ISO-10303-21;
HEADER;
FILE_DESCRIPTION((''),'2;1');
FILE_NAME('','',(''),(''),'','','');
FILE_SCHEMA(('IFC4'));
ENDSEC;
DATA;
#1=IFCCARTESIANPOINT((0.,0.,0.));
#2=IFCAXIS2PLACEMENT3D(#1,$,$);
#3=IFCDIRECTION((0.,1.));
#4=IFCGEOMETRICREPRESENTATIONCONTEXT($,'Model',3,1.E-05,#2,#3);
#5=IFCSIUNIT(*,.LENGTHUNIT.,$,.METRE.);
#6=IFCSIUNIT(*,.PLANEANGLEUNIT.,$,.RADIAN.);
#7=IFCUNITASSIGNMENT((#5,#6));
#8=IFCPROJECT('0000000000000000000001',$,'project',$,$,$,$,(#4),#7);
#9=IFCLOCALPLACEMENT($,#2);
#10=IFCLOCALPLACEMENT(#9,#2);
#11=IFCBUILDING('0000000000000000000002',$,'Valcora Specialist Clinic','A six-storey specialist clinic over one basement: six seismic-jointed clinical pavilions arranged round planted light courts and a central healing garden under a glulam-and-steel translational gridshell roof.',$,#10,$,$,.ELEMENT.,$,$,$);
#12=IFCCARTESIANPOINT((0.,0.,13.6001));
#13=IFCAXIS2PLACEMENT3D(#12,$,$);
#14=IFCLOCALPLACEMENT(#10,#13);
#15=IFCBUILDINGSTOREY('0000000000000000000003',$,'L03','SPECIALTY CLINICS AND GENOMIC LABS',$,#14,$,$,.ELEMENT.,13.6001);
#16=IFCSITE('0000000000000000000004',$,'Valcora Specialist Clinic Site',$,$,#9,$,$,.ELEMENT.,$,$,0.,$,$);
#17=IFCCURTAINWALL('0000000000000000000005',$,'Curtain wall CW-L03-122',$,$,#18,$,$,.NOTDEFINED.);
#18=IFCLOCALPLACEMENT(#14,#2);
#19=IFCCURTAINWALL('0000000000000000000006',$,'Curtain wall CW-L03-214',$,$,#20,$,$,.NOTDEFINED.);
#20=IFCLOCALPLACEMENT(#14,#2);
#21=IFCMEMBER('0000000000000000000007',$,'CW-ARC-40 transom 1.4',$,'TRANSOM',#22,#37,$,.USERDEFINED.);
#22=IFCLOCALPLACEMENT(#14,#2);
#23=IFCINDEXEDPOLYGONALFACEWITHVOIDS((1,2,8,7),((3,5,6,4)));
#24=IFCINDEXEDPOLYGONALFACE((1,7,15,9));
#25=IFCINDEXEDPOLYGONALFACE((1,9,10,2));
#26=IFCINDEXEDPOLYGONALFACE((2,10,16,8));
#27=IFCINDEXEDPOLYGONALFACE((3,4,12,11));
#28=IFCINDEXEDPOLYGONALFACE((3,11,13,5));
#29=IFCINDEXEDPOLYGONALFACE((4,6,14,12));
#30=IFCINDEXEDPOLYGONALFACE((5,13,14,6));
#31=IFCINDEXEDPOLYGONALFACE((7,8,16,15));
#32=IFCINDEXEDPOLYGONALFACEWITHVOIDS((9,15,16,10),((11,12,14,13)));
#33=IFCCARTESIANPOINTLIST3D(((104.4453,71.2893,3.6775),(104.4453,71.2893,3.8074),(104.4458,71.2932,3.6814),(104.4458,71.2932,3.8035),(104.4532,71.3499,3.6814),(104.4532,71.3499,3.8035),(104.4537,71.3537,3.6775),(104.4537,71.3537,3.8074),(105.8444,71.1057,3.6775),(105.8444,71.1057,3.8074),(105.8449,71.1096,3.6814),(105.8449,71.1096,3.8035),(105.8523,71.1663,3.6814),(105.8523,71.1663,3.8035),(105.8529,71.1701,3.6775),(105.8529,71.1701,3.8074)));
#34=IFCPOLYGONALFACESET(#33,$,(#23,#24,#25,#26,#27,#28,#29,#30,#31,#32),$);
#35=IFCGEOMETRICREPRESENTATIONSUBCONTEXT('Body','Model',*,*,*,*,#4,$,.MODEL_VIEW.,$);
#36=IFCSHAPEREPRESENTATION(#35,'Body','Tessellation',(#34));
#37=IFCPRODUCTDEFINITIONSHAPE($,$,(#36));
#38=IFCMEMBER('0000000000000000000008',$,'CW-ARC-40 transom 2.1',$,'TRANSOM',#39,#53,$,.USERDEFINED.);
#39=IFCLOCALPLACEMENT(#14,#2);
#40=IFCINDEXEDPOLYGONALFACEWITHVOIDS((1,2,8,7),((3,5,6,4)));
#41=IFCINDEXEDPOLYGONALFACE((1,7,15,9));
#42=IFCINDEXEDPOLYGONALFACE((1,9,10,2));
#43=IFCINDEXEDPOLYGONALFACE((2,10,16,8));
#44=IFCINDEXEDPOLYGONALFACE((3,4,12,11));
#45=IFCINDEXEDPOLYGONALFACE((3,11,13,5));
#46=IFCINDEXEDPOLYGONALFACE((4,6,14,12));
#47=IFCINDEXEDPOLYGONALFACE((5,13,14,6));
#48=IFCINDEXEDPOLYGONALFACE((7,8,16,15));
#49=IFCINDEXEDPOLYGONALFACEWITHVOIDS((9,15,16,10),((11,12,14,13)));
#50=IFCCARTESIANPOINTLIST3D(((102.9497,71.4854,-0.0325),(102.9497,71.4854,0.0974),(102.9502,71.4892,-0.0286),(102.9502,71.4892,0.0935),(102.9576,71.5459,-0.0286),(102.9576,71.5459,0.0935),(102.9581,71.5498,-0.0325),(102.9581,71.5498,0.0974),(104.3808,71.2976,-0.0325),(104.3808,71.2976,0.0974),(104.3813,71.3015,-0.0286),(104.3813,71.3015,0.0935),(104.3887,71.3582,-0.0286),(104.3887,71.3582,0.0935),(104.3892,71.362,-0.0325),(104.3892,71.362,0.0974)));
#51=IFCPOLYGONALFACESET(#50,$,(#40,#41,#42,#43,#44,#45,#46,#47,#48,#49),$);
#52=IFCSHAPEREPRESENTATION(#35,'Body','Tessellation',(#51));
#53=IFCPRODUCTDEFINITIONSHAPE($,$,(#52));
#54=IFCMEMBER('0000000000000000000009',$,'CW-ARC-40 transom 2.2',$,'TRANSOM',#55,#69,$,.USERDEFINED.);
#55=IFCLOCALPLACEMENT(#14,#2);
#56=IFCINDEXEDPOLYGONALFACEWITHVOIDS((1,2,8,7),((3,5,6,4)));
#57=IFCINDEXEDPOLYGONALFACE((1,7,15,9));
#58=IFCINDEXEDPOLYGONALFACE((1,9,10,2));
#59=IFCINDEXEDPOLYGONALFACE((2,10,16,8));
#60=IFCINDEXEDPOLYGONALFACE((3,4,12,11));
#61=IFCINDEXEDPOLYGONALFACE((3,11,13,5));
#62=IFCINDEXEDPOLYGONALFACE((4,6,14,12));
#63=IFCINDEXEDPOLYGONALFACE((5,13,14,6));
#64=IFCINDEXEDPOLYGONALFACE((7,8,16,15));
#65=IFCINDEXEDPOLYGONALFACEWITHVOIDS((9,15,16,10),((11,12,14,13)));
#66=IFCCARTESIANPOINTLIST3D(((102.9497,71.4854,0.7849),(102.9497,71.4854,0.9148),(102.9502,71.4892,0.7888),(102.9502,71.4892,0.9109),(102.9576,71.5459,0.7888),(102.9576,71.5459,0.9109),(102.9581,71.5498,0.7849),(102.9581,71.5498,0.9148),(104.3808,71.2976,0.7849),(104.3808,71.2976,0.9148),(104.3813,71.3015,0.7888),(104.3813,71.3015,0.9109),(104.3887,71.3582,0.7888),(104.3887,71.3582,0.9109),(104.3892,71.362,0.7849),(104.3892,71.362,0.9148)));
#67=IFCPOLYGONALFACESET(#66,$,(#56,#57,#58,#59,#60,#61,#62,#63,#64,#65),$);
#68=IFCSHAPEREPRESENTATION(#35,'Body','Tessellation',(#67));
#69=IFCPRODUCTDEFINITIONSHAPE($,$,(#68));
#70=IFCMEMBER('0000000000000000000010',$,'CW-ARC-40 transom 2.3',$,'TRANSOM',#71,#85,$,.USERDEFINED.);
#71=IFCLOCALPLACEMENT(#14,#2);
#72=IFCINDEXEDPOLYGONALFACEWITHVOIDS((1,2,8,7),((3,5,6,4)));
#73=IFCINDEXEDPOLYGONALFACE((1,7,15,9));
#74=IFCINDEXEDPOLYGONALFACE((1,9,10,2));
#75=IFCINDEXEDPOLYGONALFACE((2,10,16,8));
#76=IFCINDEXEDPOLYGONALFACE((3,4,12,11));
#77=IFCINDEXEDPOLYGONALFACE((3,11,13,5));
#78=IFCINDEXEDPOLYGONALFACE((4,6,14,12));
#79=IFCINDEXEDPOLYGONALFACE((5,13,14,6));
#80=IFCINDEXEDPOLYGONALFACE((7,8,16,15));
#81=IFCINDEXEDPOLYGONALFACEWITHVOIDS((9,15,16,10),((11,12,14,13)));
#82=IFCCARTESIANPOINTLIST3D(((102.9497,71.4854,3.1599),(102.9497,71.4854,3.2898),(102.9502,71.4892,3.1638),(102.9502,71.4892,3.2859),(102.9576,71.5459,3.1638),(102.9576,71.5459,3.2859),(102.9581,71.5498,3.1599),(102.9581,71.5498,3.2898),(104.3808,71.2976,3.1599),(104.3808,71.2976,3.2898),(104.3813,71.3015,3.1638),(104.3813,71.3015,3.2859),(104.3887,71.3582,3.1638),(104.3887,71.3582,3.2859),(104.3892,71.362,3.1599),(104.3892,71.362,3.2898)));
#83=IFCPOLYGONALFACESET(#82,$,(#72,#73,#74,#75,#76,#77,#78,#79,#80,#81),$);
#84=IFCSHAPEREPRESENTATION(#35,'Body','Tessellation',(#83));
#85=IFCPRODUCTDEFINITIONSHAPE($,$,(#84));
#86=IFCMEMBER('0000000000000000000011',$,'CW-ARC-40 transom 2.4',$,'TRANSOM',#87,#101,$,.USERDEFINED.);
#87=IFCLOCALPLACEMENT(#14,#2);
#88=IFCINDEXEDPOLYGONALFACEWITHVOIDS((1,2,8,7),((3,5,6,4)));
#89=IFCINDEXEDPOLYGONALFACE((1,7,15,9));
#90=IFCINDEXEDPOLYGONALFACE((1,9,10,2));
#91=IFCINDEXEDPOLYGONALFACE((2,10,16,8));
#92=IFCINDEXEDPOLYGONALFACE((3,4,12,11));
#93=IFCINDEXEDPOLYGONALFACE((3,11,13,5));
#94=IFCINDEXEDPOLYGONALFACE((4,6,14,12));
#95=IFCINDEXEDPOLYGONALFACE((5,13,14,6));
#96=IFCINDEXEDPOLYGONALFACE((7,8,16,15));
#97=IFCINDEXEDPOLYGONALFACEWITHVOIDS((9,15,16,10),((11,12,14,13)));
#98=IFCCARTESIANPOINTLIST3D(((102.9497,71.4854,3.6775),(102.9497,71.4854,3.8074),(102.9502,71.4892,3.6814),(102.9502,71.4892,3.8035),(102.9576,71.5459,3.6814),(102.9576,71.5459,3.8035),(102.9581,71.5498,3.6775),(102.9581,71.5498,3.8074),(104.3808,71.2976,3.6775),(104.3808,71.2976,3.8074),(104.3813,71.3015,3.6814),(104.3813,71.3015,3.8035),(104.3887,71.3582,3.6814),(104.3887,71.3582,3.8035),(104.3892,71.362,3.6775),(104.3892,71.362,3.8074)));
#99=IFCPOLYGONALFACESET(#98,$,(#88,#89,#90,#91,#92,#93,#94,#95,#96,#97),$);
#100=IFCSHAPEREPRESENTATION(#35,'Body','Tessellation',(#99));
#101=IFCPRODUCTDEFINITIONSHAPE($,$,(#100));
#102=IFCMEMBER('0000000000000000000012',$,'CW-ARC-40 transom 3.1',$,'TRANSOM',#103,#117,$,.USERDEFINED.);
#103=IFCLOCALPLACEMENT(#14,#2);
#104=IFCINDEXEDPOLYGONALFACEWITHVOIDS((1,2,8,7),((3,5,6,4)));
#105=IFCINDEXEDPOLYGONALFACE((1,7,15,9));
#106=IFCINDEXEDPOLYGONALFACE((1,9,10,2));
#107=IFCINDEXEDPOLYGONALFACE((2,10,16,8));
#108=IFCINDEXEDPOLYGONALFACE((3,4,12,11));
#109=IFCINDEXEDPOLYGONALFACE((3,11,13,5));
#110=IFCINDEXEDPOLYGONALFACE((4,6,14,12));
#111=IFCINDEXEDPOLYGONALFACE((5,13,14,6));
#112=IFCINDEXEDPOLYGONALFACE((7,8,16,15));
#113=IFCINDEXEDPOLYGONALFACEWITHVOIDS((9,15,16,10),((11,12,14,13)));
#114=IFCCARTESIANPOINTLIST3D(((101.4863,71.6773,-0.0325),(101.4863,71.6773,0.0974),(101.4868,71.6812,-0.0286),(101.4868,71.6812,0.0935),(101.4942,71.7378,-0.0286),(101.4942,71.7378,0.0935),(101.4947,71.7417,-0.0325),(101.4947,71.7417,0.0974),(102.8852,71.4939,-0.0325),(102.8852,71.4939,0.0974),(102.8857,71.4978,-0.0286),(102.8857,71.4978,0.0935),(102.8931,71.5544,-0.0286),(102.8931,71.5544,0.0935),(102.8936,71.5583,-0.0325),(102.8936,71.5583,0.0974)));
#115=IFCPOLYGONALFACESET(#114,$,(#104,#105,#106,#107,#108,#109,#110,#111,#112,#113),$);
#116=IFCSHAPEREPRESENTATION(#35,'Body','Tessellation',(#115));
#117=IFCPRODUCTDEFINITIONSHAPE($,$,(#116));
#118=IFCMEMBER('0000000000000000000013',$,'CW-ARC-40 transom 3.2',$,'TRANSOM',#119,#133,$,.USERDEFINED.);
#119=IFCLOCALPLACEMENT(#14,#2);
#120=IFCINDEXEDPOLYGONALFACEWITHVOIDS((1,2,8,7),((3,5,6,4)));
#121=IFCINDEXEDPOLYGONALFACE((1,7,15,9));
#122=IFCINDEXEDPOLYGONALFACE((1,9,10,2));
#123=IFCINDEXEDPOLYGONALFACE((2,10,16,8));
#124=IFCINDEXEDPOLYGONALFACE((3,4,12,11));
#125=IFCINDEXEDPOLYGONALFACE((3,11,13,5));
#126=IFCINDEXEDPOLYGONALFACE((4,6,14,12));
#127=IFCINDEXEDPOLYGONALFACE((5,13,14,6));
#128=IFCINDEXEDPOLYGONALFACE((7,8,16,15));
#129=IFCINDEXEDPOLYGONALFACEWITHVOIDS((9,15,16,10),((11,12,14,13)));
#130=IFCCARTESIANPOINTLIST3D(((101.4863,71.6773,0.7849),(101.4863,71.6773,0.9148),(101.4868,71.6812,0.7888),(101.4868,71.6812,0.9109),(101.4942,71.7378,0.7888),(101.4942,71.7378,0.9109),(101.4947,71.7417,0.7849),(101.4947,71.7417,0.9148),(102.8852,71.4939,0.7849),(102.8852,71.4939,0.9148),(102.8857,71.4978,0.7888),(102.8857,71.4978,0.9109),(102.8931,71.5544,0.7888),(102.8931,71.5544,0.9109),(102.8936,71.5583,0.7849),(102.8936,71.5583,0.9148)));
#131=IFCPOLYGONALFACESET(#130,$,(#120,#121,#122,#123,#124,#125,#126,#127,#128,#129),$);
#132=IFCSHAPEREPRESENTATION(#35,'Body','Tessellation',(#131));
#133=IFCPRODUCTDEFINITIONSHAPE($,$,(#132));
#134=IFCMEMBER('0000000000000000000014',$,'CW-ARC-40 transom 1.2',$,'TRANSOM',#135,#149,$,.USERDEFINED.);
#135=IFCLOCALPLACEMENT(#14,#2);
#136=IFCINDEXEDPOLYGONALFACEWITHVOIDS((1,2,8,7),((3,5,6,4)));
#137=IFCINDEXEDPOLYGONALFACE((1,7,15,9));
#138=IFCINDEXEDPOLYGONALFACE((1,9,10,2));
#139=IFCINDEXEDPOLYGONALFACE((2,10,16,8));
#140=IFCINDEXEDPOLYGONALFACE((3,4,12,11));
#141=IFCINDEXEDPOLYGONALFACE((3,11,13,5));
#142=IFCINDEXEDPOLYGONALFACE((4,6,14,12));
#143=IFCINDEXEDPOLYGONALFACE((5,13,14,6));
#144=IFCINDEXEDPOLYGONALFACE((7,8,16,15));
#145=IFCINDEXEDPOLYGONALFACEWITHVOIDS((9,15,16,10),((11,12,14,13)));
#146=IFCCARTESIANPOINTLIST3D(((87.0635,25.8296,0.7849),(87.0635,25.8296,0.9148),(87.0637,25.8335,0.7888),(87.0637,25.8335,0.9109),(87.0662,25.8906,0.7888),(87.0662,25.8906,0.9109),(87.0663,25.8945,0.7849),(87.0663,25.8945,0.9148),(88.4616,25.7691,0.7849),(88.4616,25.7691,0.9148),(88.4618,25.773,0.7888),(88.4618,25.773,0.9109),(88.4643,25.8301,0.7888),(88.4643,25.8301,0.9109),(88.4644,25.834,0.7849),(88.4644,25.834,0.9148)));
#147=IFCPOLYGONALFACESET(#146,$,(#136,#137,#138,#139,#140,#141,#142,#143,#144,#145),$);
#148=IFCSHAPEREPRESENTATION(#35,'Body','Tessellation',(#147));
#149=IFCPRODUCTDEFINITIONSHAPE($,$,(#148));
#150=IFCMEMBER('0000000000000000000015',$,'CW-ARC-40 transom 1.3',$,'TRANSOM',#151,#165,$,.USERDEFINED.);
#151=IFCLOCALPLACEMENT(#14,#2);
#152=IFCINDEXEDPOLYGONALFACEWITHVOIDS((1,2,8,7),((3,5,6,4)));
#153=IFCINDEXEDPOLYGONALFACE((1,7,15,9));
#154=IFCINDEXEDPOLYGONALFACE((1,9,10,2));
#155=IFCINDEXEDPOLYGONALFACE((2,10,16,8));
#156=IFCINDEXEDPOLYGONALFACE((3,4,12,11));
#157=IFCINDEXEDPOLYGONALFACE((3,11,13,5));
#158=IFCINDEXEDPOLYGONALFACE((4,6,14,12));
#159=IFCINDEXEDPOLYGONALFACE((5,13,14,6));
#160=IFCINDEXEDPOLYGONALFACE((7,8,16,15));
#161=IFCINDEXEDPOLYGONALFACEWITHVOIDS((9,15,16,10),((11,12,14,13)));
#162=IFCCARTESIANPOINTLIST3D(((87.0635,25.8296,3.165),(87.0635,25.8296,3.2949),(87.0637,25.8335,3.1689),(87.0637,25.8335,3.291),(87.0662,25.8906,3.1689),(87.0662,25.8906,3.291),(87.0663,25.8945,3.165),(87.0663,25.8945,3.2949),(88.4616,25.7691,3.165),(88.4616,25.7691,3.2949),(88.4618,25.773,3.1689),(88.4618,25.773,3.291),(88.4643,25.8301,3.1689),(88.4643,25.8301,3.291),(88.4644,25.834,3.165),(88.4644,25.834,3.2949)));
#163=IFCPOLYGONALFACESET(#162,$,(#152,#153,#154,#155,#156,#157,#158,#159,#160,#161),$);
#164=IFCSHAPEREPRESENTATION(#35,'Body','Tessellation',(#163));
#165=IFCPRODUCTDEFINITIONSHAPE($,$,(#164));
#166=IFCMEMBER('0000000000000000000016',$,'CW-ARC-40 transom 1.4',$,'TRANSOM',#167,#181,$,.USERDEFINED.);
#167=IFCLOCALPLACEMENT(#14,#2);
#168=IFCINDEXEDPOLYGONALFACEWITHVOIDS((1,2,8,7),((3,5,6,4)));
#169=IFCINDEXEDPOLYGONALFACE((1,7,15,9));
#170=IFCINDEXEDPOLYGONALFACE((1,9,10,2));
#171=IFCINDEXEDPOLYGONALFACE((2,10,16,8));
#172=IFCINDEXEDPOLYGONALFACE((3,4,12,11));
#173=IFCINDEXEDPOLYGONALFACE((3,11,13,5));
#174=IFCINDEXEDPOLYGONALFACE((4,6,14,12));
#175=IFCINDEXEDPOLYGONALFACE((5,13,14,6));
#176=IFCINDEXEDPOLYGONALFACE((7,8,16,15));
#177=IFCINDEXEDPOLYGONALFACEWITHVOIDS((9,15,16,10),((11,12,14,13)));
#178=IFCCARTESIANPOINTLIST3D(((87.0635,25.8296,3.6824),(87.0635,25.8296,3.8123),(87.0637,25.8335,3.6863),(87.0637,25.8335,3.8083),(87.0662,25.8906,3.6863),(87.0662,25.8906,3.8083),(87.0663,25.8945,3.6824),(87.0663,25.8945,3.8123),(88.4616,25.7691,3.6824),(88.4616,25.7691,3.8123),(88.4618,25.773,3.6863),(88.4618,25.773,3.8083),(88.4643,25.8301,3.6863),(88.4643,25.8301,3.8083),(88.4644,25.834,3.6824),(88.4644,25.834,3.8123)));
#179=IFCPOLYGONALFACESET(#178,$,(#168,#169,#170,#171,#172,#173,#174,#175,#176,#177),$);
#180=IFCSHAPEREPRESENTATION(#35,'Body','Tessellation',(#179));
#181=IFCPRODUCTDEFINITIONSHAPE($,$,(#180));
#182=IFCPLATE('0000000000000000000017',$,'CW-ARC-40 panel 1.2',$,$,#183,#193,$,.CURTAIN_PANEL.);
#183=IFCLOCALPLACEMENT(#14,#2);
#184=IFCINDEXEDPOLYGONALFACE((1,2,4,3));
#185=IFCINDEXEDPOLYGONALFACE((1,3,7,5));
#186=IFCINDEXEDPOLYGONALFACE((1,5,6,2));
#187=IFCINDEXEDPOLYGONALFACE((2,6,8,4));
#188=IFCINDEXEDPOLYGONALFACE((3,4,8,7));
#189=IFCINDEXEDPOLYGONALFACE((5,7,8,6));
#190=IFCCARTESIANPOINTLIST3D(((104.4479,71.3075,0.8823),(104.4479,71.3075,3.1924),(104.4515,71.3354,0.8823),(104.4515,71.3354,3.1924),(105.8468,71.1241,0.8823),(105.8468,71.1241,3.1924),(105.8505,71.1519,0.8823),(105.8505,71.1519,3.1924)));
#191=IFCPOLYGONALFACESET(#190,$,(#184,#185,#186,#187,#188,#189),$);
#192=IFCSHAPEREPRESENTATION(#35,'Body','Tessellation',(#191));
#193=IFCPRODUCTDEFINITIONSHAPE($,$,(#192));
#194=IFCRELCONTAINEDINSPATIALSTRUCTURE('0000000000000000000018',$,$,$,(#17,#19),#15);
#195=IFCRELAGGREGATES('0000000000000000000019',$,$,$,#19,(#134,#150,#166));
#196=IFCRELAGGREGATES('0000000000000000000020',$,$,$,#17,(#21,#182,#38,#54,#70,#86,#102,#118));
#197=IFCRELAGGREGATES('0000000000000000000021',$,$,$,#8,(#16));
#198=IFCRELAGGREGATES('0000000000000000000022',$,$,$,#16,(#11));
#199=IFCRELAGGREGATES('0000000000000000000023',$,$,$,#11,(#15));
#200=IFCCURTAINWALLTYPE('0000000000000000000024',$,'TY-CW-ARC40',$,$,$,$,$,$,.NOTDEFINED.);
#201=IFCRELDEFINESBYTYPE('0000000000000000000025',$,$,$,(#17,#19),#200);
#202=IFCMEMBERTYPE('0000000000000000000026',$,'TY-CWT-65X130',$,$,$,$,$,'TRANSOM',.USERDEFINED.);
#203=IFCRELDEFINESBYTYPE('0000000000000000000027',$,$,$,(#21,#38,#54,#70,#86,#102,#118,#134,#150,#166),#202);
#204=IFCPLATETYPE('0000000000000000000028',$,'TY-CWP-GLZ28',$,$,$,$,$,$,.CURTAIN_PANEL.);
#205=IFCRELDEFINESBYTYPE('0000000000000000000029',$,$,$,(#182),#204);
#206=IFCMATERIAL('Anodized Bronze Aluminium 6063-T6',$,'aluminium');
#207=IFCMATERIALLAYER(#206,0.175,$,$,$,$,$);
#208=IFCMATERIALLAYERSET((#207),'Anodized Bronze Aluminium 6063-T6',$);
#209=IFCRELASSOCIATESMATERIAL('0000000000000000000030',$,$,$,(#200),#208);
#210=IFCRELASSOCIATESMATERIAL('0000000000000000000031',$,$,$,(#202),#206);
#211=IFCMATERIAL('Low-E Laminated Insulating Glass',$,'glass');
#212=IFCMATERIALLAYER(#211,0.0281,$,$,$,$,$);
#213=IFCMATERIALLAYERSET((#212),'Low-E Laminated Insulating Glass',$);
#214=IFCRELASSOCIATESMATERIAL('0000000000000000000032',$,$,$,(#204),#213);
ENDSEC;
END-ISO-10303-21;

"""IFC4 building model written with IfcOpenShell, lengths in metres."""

from ifc_helpers import new_model, si_unit, direction, frame, origin, origin_2d, place, context, subcontext, project, spatial, rectangle, hollow_rectangle, extrude, material, layer, layer_set, material_profile, profile_set, type_object, element, aggregate, save


model = new_model("IFC4")

# Units and contexts
model_context = context("Model", 3, precision=1e-05, world=origin(), true_north=direction((0.0, 1.0)))
body_context = subcontext(model_context, "Body", "Model", "MODEL_VIEW")
ifc_project = project(units=[si_unit("LENGTHUNIT", "METRE"), si_unit("PLANEANGLEUNIT", "RADIAN")], contexts=[model_context])

# Site, building, storey
site_placement = place(None, origin())
site = spatial("IfcSite", under=ifc_project, at=site_placement, Name="Valcora Specialist Clinic Site", CompositionType="ELEMENT", RefElevation=0.0)
building_placement = place(site_placement, origin())
building = spatial("IfcBuilding", under=site, at=building_placement, Name="Valcora Specialist Clinic", Description="A six-storey specialist clinic over one basement: six seismic-jointed clinical pavilions arranged round planted light courts and a central healing garden under a glulam-and-steel translational gridshell roof.", CompositionType="ELEMENT")
storey_placement = place(building_placement, frame((0.0, 0.0, 13.6001)))
storey = spatial("IfcBuildingStorey", under=building, at=storey_placement, Name="L03", Description="SPECIALTY CLINICS AND GENOMIC LABS", CompositionType="ELEMENT", Elevation=13.6001)

# Shared definitions
ifc_material_1 = material(Name="Anodized Bronze Aluminium 6063-T6", Category="aluminium")
ifc_layer_1 = layer(ifc_material_1, 0.175)
ifc_layer_set_1 = layer_set([ifc_layer_1], Name="Anodized Bronze Aluminium 6063-T6")
curtain_wall_type = type_object("IfcCurtainWallType", Name="TY-CW-ARC40", PredefinedType="NOTDEFINED", material=ifc_layer_set_1)

# Curtain wall
curtain_wall_1_placement = place(storey_placement, origin())
curtain_wall_1 = element("IfcCurtainWall", 1, at=curtain_wall_1_placement, inside=storey, type_object=curtain_wall_type, Name="Curtain wall CW-L03-122", PredefinedType="NOTDEFINED")

# Curtain wall
curtain_wall_2_placement = place(storey_placement, origin())
curtain_wall_2 = element("IfcCurtainWall", 2, at=curtain_wall_2_placement, inside=storey, type_object=curtain_wall_type, Name="Curtain wall CW-L03-214", PredefinedType="NOTDEFINED")

# Members
ifc_material_profile_1 = material_profile(ifc_material_1, hollow_rectangle(XDim=0.0649, YDim=0.1299, WallThickness=0.0039, at=origin_2d()), Name="AL-TRN-65X130")
ifc_profile_set_1 = profile_set([ifc_material_profile_1], Name="Anodized Bronze Aluminium 6063-T6")
member_type_1 = type_object("IfcMemberType", Name="TY-CWT-65X130", ElementType="TRANSOM", PredefinedType="USERDEFINED", material=ifc_profile_set_1)
member_1_placement = place(storey_placement, frame((105.8486, 71.1379, 3.7424), z_axis=(-0.991501, 0.130101, 0.0), x_axis=(-0.130101, -0.991501, 0.0)))
member_1 = element("IfcMember", 3, at=member_1_placement, type_object=member_type_1, Name="CW-ARC-40 transom 1.4", ObjectType="TRANSOM", PredefinedType="USERDEFINED", context=body_context, shape_type="SweptSolid", body=[
    extrude(hollow_rectangle(XDim=0.0649, YDim=0.1299, WallThickness=0.0039, at=origin_2d()), origin(), (0.0, 0.0, 1.0), 1.4111),
])
member_2_placement = place(storey_placement, frame((104.385, 71.3298, 0.0325), z_axis=(-0.991505, 0.130069, 0.0), x_axis=(-0.130069, -0.991505, 0.0)))
member_2 = element("IfcMember", 4, at=member_2_placement, type_object=member_type_1, Name="CW-ARC-40 transom 2.1", ObjectType="TRANSOM", PredefinedType="USERDEFINED", context=body_context, shape_type="SweptSolid", body=[
    extrude(hollow_rectangle(XDim=0.0649, YDim=0.1299, WallThickness=0.0039, at=origin_2d()), origin(), (0.0, 0.0, 1.0), 1.4434),
])
member_3_placement = place(storey_placement, frame((104.385, 71.3298, 0.8499), z_axis=(-0.991505, 0.130069, 0.0), x_axis=(-0.130069, -0.991505, 0.0)))
member_3 = element("IfcMember", 5, at=member_3_placement, type_object=member_type_1, Name="CW-ARC-40 transom 2.2", ObjectType="TRANSOM", PredefinedType="USERDEFINED", context=body_context, shape_type="SweptSolid", body=[
    extrude(hollow_rectangle(XDim=0.0649, YDim=0.1299, WallThickness=0.0039, at=origin_2d()), origin(), (0.0, 0.0, 1.0), 1.4434),
])
member_4_placement = place(storey_placement, frame((104.385, 71.3298, 3.2249), z_axis=(-0.991505, 0.130069, 0.0), x_axis=(-0.130069, -0.991505, 0.0)))
member_4 = element("IfcMember", 6, at=member_4_placement, type_object=member_type_1, Name="CW-ARC-40 transom 2.3", ObjectType="TRANSOM", PredefinedType="USERDEFINED", context=body_context, shape_type="SweptSolid", body=[
    extrude(hollow_rectangle(XDim=0.0649, YDim=0.1299, WallThickness=0.0039, at=origin_2d()), origin(), (0.0, 0.0, 1.0), 1.4434),
])
member_5_placement = place(storey_placement, frame((104.385, 71.3298, 3.7424), z_axis=(-0.991505, 0.130069, 0.0), x_axis=(-0.130069, -0.991505, 0.0)))
member_5 = element("IfcMember", 7, at=member_5_placement, type_object=member_type_1, Name="CW-ARC-40 transom 2.4", ObjectType="TRANSOM", PredefinedType="USERDEFINED", context=body_context, shape_type="SweptSolid", body=[
    extrude(hollow_rectangle(XDim=0.0649, YDim=0.1299, WallThickness=0.0039, at=origin_2d()), origin(), (0.0, 0.0, 1.0), 1.4434),
])
member_6_placement = place(storey_placement, frame((102.8894, 71.5261, 0.0325), z_axis=(-0.99152, 0.129953, 0.0), x_axis=(-0.129953, -0.99152, 0.0)))
member_6 = element("IfcMember", 8, at=member_6_placement, type_object=member_type_1, Name="CW-ARC-40 transom 3.1", ObjectType="TRANSOM", PredefinedType="USERDEFINED", context=body_context, shape_type="SweptSolid", body=[
    extrude(hollow_rectangle(XDim=0.0649, YDim=0.1299, WallThickness=0.0039, at=origin_2d()), origin(), (0.0, 0.0, 1.0), 1.4109),
])
member_7_placement = place(storey_placement, frame((102.8894, 71.5261, 0.8499), z_axis=(-0.99152, 0.129953, 0.0), x_axis=(-0.129953, -0.99152, 0.0)))
member_7 = element("IfcMember", 9, at=member_7_placement, type_object=member_type_1, Name="CW-ARC-40 transom 3.2", ObjectType="TRANSOM", PredefinedType="USERDEFINED", context=body_context, shape_type="SweptSolid", body=[
    extrude(hollow_rectangle(XDim=0.0649, YDim=0.1299, WallThickness=0.0039, at=origin_2d()), origin(), (0.0, 0.0, 1.0), 1.4109),
])
member_8_placement = place(storey_placement, frame((87.0649, 25.8621, 0.8499), z_axis=(0.999064, -0.043263, 0.0), x_axis=(0.043263, 0.999064, 0.0)))
member_8 = element("IfcMember", 10, at=member_8_placement, type_object=member_type_1, Name="CW-ARC-40 transom 1.2", ObjectType="TRANSOM", PredefinedType="USERDEFINED", context=body_context, shape_type="SweptSolid", body=[
    extrude(hollow_rectangle(XDim=0.0649, YDim=0.1299, WallThickness=0.0039, at=origin_2d()), origin(), (0.0, 0.0, 1.0), 1.3994),
])
member_9_placement = place(storey_placement, frame((87.0649, 25.8621, 3.23), z_axis=(0.999064, -0.043263, 0.0), x_axis=(0.043263, 0.999064, 0.0)))
member_9 = element("IfcMember", 11, at=member_9_placement, type_object=member_type_1, Name="CW-ARC-40 transom 1.3", ObjectType="TRANSOM", PredefinedType="USERDEFINED", context=body_context, shape_type="SweptSolid", body=[
    extrude(hollow_rectangle(XDim=0.0649, YDim=0.1299, WallThickness=0.0039, at=origin_2d()), origin(), (0.0, 0.0, 1.0), 1.3994),
])
member_10_placement = place(storey_placement, frame((87.0649, 25.8621, 3.7473), z_axis=(0.999064, -0.043263, 0.0), x_axis=(0.043263, 0.999064, 0.0)))
member_10 = element("IfcMember", 12, at=member_10_placement, type_object=member_type_1, Name="CW-ARC-40 transom 1.4", ObjectType="TRANSOM", PredefinedType="USERDEFINED", context=body_context, shape_type="SweptSolid", body=[
    extrude(hollow_rectangle(XDim=0.0649, YDim=0.1299, WallThickness=0.0039, at=origin_2d()), origin(), (0.0, 0.0, 1.0), 1.3994),
])
aggregate(curtain_wall_2, [member_8, member_9, member_10])

# Plate
ifc_material_2 = material(Name="Low-E Laminated Insulating Glass", Category="glass")
ifc_layer_2 = layer(ifc_material_2, 0.0281)
ifc_layer_set_2 = layer_set([ifc_layer_2], Name="Low-E Laminated Insulating Glass")
plate_type_1 = type_object("IfcPlateType", Name="TY-CWP-GLZ28", PredefinedType="CURTAIN_PANEL", material=ifc_layer_set_2)
plate_1_placement = place(storey_placement, frame((105.1492, 71.2297, 0.8823), z_axis=(0.0, 0.0, 1.0), x_axis=(-0.991514, 0.129999, 0.0)))
plate_1 = element("IfcPlate", 13, at=plate_1_placement, type_object=plate_type_1, Name="CW-ARC-40 panel 1.2", PredefinedType="CURTAIN_PANEL", context=body_context, shape_type="SweptSolid", body=[
    extrude(rectangle(XDim=1.4109, YDim=0.0281, at=origin_2d()), origin(), (0.0, 0.0, 1.0), 2.3101),
])
aggregate(curtain_wall_1, [member_1, plate_1, member_2, member_3, member_4, member_5, member_6, member_7])

save(model, "model.ifc")
